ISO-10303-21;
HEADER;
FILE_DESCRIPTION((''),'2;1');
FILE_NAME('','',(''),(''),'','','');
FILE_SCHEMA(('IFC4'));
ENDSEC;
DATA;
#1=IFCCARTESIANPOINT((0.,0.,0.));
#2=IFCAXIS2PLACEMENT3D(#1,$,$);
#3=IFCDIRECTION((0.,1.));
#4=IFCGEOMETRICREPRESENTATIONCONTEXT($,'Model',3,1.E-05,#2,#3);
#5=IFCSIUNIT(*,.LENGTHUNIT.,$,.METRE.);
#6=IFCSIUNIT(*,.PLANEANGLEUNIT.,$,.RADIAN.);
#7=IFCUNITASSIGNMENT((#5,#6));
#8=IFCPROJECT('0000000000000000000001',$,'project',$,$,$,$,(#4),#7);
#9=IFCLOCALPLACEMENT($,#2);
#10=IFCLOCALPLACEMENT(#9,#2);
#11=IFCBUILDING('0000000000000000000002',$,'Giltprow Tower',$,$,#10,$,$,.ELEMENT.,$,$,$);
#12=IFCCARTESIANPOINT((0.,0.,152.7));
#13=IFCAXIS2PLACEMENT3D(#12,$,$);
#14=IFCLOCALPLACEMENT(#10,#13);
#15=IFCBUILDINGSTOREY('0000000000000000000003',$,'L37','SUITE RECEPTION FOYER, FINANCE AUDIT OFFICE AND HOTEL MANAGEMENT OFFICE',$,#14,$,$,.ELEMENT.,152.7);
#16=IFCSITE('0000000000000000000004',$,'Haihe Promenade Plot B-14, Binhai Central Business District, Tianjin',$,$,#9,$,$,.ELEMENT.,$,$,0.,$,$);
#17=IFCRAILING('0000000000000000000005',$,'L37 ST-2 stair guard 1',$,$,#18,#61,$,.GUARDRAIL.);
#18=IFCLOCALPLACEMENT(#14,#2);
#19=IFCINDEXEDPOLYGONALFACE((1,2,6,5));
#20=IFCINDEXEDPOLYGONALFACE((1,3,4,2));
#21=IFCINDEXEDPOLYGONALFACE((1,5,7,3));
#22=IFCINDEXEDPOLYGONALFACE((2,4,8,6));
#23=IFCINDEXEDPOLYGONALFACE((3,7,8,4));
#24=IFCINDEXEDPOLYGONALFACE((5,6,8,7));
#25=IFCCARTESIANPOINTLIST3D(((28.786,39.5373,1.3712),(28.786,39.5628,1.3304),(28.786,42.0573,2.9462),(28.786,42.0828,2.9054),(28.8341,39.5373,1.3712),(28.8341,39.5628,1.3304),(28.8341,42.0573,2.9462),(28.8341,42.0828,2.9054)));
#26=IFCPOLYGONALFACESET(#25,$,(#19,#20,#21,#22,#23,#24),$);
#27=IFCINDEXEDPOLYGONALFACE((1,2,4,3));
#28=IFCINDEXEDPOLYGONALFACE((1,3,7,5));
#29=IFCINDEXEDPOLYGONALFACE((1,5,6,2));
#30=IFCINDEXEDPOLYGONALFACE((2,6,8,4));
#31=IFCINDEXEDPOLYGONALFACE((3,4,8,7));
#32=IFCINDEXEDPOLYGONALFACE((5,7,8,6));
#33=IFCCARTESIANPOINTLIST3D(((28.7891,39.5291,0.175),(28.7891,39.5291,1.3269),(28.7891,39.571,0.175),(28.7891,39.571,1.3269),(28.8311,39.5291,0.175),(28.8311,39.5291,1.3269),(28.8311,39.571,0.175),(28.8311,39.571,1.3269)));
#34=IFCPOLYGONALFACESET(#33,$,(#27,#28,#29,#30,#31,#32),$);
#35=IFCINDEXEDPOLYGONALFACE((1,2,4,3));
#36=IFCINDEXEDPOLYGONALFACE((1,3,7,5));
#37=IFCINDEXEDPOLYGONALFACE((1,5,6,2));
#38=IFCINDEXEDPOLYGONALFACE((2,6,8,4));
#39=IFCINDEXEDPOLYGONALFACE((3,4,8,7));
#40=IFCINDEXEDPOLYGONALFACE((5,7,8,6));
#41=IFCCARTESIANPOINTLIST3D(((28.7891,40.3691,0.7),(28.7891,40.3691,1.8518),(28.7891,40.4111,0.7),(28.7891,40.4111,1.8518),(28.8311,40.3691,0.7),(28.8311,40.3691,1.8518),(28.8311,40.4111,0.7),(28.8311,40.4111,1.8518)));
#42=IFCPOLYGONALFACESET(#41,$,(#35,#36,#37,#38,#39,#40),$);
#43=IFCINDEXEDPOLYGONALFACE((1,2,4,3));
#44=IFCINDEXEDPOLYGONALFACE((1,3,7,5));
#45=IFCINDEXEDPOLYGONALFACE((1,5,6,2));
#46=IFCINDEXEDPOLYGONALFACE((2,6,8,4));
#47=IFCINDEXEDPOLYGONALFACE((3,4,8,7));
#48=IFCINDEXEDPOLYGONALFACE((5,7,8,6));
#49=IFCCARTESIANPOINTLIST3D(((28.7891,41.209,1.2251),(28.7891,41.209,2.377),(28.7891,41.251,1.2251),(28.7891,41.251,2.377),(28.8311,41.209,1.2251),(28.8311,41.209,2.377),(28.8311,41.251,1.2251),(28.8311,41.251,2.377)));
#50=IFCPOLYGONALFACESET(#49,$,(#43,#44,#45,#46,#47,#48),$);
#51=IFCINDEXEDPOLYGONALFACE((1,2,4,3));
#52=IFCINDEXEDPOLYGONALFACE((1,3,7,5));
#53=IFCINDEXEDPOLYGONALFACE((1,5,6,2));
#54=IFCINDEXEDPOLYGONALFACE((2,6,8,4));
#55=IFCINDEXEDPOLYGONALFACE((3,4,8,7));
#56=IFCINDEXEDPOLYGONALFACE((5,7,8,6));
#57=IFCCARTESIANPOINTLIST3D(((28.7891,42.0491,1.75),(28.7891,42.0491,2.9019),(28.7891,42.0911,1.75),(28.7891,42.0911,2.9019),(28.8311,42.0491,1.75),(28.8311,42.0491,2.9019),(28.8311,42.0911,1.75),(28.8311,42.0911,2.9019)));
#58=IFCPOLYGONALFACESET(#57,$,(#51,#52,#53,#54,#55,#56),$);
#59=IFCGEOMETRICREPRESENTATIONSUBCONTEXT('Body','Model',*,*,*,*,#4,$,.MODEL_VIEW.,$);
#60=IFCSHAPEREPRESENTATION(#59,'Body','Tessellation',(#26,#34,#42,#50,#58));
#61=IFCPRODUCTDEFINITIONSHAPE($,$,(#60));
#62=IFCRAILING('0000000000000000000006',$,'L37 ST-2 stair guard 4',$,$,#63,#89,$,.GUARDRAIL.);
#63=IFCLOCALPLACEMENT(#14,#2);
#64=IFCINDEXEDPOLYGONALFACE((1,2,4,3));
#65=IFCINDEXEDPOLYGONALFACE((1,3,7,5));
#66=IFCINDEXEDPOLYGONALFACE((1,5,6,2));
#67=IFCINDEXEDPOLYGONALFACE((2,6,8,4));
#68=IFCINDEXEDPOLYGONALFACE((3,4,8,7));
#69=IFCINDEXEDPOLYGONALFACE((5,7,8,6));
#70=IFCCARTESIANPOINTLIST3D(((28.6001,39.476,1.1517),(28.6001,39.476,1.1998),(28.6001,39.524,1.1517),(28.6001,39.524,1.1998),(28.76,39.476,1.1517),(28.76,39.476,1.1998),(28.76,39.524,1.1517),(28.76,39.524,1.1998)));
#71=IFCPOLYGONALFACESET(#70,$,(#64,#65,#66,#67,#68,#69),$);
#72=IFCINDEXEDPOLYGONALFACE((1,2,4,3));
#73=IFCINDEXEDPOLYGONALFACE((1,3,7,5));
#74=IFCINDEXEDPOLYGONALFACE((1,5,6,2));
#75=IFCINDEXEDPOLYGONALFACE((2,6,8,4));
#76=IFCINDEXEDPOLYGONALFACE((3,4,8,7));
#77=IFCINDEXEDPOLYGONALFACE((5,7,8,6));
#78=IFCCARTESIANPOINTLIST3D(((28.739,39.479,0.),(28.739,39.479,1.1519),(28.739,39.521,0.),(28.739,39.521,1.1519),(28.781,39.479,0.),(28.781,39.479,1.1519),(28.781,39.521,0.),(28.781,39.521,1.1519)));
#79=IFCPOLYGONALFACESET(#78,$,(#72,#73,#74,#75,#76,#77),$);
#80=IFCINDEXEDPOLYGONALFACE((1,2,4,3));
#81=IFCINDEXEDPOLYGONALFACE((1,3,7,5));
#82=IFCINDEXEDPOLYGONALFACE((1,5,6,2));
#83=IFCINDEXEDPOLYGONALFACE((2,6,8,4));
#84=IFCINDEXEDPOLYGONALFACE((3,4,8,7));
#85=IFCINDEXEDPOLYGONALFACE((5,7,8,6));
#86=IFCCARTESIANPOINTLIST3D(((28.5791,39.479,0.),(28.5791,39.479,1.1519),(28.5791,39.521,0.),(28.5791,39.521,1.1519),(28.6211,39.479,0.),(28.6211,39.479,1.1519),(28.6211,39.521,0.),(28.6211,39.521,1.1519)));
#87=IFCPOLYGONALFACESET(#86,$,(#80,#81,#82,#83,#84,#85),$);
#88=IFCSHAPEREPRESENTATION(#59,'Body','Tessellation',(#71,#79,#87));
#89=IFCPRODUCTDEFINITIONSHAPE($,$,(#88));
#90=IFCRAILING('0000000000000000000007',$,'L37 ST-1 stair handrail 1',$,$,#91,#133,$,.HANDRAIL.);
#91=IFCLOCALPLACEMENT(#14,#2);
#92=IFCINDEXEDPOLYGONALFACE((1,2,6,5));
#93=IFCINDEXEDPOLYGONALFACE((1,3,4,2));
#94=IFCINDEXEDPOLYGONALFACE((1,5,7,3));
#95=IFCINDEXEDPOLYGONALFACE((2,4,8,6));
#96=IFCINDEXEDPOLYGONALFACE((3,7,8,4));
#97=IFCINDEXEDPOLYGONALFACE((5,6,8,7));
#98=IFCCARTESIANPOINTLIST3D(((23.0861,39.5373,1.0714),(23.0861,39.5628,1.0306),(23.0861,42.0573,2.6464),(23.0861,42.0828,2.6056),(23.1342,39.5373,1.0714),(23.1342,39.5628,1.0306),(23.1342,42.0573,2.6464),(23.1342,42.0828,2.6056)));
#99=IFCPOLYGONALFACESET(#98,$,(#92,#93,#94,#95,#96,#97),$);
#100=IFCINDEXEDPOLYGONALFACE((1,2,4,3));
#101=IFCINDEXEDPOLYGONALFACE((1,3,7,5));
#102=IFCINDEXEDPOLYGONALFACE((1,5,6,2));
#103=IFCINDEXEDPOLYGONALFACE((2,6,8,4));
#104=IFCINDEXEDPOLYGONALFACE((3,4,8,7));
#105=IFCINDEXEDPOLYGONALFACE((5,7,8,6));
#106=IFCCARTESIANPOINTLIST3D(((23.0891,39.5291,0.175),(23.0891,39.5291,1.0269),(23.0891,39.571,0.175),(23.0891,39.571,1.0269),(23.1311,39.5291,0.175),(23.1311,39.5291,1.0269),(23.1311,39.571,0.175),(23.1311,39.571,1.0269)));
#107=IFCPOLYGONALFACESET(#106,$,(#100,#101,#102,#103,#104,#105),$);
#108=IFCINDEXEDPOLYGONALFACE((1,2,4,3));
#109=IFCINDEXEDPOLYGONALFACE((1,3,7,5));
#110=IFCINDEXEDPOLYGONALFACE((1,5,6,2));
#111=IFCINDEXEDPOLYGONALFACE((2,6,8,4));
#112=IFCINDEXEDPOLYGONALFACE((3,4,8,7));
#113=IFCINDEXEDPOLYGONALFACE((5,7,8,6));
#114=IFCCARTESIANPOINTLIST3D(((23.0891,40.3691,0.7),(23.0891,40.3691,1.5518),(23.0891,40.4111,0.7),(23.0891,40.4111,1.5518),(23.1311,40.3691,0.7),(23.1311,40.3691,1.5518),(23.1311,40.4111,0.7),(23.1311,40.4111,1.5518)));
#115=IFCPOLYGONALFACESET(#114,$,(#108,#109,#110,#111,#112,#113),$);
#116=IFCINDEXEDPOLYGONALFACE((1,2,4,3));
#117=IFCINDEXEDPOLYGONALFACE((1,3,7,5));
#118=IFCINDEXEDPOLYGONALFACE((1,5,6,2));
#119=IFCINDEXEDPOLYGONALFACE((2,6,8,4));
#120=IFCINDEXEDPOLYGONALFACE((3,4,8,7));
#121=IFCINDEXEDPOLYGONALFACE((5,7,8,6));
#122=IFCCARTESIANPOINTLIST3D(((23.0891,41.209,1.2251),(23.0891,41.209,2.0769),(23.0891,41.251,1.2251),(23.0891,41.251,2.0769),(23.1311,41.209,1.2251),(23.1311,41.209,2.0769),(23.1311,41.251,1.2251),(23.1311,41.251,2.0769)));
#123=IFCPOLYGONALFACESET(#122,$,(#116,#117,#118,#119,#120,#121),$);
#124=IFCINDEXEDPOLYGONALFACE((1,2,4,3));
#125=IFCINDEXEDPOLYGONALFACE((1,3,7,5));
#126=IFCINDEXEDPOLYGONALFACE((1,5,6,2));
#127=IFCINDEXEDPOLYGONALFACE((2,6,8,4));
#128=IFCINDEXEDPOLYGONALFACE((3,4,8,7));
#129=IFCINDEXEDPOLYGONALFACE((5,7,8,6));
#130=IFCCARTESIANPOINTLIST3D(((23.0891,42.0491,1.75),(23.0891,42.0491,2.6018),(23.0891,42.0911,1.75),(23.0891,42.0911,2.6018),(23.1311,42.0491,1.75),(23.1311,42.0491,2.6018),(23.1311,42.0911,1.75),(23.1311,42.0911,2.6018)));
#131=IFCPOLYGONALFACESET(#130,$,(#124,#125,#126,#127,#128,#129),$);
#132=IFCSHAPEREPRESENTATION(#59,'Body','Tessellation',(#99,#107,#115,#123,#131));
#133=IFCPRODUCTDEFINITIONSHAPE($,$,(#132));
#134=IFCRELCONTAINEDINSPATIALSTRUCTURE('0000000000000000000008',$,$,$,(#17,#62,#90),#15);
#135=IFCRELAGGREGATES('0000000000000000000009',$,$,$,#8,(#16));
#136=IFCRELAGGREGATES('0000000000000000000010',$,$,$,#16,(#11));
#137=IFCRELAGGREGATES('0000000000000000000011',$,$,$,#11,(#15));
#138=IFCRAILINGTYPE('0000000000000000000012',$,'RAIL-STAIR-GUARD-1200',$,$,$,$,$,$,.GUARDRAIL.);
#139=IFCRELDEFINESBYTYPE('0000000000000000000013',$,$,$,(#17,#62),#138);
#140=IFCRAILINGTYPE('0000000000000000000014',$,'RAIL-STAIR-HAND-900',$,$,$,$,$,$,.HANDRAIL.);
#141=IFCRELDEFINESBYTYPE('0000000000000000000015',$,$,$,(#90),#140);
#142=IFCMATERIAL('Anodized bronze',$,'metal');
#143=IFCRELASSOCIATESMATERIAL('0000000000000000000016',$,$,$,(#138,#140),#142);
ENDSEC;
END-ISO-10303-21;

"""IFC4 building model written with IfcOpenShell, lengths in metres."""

from ifc_helpers import new_model, si_unit, direction, frame, origin, origin_2d, place, context, subcontext, project, spatial, rectangle, extrude, material, type_object, element, save


model = new_model("IFC4")

# Units and contexts
model_context = context("Model", 3, precision=1e-05, world=origin(), true_north=direction((0.0, 1.0)))
body_context = subcontext(model_context, "Body", "Model", "MODEL_VIEW")
ifc_project = project(units=[si_unit("LENGTHUNIT", "METRE"), si_unit("PLANEANGLEUNIT", "RADIAN")], contexts=[model_context])

# Site, building, storey
site_placement = place(None, origin())
site = spatial("IfcSite", under=ifc_project, at=site_placement, Name="Haihe Promenade Plot B-14, Binhai Central Business District, Tianjin", CompositionType="ELEMENT", RefElevation=0.0)
building_placement = place(site_placement, origin())
building = spatial("IfcBuilding", under=site, at=building_placement, Name="Giltprow Tower", CompositionType="ELEMENT")
storey_placement = place(building_placement, frame((0.0, 0.0, 152.7)))
storey = spatial("IfcBuildingStorey", under=building, at=storey_placement, Name="L37", Description="SUITE RECEPTION FOYER, FINANCE AUDIT OFFICE AND HOTEL MANAGEMENT OFFICE", CompositionType="ELEMENT", Elevation=152.7)

# Railings
ifc_material_1 = material(Name="Anodized bronze", Category="metal")
railing_type_1 = type_object("IfcRailingType", Name="RAIL-STAIR-GUARD-1200", PredefinedType="GUARDRAIL", material=ifc_material_1)
railing_1_placement = place(storey_placement, frame((28.8101, 39.55, 0.175)))
element("IfcRailing", 1, at=railing_1_placement, inside=storey, type_object=railing_type_1, Name="L37 ST-2 stair guard 1", PredefinedType="GUARDRAIL", context=body_context, shape_type="SweptSolid", body=[
    extrude(rectangle(XDim=0.0481, YDim=0.0481, at=origin_2d()), frame((0.0, 0.0, 1.1758), z_axis=(0.0, 0.848008, 0.529984), x_axis=(-1.0, 0.0, 0.0)), (0.0, 0.0, 1.0), 2.9717),
    extrude(rectangle(XDim=0.042, YDim=0.042, at=origin_2d()), origin(), (0.0, 0.0, 1.0), 1.1519),
    extrude(rectangle(XDim=0.042, YDim=0.042, at=origin_2d()), frame((0.0, 0.8401, 0.5249)), (0.0, 0.0, 1.0), 1.1519),
    extrude(rectangle(XDim=0.042, YDim=0.042, at=origin_2d()), frame((0.0, 1.6799, 1.05)), (0.0, 0.0, 1.0), 1.1519),
    extrude(rectangle(XDim=0.042, YDim=0.042, at=origin_2d()), frame((0.0, 2.52, 1.575)), (0.0, 0.0, 1.0), 1.1519),
])
railing_2_placement = place(storey_placement, frame((28.76, 39.5, 0.0)))
element("IfcRailing", 2, at=railing_2_placement, inside=storey, type_object=railing_type_1, Name="L37 ST-2 stair guard 4", PredefinedType="GUARDRAIL", context=body_context, shape_type="SweptSolid", body=[
    extrude(rectangle(XDim=0.0481, YDim=0.0481, at=origin_2d()), frame((0.0, 0.0, 1.1758), z_axis=(-1.0, 0.0, 0.0), x_axis=(0.0, -1.0, 0.0)), (0.0, 0.0, 1.0), 0.1599),
    extrude(rectangle(XDim=0.042, YDim=0.042, at=origin_2d()), origin(), (0.0, 0.0, 1.0), 1.1519),
    extrude(rectangle(XDim=0.042, YDim=0.042, at=origin_2d()), frame((-0.1599, 0.0, 0.0)), (0.0, 0.0, 1.0), 1.1519),
])
railing_type_2 = type_object("IfcRailingType", Name="RAIL-STAIR-HAND-900", PredefinedType="HANDRAIL", material=ifc_material_1)
railing_3_placement = place(storey_placement, frame((23.1101, 39.55, 0.175)))
element("IfcRailing", 3, at=railing_3_placement, inside=storey, type_object=railing_type_2, Name="L37 ST-1 stair handrail 1", PredefinedType="HANDRAIL", context=body_context, shape_type="SweptSolid", body=[
    extrude(rectangle(XDim=0.0481, YDim=0.0481, at=origin_2d()), frame((0.0, 0.0, 0.876), z_axis=(0.0, 0.848008, 0.529984), x_axis=(-1.0, 0.0, 0.0)), (0.0, 0.0, 1.0), 2.9717),
    extrude(rectangle(XDim=0.042, YDim=0.042, at=origin_2d()), origin(), (0.0, 0.0, 1.0), 0.8518),
    extrude(rectangle(XDim=0.042, YDim=0.042, at=origin_2d()), frame((0.0, 0.8401, 0.5249)), (0.0, 0.0, 1.0), 0.8518),
    extrude(rectangle(XDim=0.042, YDim=0.042, at=origin_2d()), frame((0.0, 1.6799, 1.05)), (0.0, 0.0, 1.0), 0.8518),
    extrude(rectangle(XDim=0.042, YDim=0.042, at=origin_2d()), frame((0.0, 2.52, 1.575)), (0.0, 0.0, 1.0), 0.8518),
])

save(model, "model.ifc")
